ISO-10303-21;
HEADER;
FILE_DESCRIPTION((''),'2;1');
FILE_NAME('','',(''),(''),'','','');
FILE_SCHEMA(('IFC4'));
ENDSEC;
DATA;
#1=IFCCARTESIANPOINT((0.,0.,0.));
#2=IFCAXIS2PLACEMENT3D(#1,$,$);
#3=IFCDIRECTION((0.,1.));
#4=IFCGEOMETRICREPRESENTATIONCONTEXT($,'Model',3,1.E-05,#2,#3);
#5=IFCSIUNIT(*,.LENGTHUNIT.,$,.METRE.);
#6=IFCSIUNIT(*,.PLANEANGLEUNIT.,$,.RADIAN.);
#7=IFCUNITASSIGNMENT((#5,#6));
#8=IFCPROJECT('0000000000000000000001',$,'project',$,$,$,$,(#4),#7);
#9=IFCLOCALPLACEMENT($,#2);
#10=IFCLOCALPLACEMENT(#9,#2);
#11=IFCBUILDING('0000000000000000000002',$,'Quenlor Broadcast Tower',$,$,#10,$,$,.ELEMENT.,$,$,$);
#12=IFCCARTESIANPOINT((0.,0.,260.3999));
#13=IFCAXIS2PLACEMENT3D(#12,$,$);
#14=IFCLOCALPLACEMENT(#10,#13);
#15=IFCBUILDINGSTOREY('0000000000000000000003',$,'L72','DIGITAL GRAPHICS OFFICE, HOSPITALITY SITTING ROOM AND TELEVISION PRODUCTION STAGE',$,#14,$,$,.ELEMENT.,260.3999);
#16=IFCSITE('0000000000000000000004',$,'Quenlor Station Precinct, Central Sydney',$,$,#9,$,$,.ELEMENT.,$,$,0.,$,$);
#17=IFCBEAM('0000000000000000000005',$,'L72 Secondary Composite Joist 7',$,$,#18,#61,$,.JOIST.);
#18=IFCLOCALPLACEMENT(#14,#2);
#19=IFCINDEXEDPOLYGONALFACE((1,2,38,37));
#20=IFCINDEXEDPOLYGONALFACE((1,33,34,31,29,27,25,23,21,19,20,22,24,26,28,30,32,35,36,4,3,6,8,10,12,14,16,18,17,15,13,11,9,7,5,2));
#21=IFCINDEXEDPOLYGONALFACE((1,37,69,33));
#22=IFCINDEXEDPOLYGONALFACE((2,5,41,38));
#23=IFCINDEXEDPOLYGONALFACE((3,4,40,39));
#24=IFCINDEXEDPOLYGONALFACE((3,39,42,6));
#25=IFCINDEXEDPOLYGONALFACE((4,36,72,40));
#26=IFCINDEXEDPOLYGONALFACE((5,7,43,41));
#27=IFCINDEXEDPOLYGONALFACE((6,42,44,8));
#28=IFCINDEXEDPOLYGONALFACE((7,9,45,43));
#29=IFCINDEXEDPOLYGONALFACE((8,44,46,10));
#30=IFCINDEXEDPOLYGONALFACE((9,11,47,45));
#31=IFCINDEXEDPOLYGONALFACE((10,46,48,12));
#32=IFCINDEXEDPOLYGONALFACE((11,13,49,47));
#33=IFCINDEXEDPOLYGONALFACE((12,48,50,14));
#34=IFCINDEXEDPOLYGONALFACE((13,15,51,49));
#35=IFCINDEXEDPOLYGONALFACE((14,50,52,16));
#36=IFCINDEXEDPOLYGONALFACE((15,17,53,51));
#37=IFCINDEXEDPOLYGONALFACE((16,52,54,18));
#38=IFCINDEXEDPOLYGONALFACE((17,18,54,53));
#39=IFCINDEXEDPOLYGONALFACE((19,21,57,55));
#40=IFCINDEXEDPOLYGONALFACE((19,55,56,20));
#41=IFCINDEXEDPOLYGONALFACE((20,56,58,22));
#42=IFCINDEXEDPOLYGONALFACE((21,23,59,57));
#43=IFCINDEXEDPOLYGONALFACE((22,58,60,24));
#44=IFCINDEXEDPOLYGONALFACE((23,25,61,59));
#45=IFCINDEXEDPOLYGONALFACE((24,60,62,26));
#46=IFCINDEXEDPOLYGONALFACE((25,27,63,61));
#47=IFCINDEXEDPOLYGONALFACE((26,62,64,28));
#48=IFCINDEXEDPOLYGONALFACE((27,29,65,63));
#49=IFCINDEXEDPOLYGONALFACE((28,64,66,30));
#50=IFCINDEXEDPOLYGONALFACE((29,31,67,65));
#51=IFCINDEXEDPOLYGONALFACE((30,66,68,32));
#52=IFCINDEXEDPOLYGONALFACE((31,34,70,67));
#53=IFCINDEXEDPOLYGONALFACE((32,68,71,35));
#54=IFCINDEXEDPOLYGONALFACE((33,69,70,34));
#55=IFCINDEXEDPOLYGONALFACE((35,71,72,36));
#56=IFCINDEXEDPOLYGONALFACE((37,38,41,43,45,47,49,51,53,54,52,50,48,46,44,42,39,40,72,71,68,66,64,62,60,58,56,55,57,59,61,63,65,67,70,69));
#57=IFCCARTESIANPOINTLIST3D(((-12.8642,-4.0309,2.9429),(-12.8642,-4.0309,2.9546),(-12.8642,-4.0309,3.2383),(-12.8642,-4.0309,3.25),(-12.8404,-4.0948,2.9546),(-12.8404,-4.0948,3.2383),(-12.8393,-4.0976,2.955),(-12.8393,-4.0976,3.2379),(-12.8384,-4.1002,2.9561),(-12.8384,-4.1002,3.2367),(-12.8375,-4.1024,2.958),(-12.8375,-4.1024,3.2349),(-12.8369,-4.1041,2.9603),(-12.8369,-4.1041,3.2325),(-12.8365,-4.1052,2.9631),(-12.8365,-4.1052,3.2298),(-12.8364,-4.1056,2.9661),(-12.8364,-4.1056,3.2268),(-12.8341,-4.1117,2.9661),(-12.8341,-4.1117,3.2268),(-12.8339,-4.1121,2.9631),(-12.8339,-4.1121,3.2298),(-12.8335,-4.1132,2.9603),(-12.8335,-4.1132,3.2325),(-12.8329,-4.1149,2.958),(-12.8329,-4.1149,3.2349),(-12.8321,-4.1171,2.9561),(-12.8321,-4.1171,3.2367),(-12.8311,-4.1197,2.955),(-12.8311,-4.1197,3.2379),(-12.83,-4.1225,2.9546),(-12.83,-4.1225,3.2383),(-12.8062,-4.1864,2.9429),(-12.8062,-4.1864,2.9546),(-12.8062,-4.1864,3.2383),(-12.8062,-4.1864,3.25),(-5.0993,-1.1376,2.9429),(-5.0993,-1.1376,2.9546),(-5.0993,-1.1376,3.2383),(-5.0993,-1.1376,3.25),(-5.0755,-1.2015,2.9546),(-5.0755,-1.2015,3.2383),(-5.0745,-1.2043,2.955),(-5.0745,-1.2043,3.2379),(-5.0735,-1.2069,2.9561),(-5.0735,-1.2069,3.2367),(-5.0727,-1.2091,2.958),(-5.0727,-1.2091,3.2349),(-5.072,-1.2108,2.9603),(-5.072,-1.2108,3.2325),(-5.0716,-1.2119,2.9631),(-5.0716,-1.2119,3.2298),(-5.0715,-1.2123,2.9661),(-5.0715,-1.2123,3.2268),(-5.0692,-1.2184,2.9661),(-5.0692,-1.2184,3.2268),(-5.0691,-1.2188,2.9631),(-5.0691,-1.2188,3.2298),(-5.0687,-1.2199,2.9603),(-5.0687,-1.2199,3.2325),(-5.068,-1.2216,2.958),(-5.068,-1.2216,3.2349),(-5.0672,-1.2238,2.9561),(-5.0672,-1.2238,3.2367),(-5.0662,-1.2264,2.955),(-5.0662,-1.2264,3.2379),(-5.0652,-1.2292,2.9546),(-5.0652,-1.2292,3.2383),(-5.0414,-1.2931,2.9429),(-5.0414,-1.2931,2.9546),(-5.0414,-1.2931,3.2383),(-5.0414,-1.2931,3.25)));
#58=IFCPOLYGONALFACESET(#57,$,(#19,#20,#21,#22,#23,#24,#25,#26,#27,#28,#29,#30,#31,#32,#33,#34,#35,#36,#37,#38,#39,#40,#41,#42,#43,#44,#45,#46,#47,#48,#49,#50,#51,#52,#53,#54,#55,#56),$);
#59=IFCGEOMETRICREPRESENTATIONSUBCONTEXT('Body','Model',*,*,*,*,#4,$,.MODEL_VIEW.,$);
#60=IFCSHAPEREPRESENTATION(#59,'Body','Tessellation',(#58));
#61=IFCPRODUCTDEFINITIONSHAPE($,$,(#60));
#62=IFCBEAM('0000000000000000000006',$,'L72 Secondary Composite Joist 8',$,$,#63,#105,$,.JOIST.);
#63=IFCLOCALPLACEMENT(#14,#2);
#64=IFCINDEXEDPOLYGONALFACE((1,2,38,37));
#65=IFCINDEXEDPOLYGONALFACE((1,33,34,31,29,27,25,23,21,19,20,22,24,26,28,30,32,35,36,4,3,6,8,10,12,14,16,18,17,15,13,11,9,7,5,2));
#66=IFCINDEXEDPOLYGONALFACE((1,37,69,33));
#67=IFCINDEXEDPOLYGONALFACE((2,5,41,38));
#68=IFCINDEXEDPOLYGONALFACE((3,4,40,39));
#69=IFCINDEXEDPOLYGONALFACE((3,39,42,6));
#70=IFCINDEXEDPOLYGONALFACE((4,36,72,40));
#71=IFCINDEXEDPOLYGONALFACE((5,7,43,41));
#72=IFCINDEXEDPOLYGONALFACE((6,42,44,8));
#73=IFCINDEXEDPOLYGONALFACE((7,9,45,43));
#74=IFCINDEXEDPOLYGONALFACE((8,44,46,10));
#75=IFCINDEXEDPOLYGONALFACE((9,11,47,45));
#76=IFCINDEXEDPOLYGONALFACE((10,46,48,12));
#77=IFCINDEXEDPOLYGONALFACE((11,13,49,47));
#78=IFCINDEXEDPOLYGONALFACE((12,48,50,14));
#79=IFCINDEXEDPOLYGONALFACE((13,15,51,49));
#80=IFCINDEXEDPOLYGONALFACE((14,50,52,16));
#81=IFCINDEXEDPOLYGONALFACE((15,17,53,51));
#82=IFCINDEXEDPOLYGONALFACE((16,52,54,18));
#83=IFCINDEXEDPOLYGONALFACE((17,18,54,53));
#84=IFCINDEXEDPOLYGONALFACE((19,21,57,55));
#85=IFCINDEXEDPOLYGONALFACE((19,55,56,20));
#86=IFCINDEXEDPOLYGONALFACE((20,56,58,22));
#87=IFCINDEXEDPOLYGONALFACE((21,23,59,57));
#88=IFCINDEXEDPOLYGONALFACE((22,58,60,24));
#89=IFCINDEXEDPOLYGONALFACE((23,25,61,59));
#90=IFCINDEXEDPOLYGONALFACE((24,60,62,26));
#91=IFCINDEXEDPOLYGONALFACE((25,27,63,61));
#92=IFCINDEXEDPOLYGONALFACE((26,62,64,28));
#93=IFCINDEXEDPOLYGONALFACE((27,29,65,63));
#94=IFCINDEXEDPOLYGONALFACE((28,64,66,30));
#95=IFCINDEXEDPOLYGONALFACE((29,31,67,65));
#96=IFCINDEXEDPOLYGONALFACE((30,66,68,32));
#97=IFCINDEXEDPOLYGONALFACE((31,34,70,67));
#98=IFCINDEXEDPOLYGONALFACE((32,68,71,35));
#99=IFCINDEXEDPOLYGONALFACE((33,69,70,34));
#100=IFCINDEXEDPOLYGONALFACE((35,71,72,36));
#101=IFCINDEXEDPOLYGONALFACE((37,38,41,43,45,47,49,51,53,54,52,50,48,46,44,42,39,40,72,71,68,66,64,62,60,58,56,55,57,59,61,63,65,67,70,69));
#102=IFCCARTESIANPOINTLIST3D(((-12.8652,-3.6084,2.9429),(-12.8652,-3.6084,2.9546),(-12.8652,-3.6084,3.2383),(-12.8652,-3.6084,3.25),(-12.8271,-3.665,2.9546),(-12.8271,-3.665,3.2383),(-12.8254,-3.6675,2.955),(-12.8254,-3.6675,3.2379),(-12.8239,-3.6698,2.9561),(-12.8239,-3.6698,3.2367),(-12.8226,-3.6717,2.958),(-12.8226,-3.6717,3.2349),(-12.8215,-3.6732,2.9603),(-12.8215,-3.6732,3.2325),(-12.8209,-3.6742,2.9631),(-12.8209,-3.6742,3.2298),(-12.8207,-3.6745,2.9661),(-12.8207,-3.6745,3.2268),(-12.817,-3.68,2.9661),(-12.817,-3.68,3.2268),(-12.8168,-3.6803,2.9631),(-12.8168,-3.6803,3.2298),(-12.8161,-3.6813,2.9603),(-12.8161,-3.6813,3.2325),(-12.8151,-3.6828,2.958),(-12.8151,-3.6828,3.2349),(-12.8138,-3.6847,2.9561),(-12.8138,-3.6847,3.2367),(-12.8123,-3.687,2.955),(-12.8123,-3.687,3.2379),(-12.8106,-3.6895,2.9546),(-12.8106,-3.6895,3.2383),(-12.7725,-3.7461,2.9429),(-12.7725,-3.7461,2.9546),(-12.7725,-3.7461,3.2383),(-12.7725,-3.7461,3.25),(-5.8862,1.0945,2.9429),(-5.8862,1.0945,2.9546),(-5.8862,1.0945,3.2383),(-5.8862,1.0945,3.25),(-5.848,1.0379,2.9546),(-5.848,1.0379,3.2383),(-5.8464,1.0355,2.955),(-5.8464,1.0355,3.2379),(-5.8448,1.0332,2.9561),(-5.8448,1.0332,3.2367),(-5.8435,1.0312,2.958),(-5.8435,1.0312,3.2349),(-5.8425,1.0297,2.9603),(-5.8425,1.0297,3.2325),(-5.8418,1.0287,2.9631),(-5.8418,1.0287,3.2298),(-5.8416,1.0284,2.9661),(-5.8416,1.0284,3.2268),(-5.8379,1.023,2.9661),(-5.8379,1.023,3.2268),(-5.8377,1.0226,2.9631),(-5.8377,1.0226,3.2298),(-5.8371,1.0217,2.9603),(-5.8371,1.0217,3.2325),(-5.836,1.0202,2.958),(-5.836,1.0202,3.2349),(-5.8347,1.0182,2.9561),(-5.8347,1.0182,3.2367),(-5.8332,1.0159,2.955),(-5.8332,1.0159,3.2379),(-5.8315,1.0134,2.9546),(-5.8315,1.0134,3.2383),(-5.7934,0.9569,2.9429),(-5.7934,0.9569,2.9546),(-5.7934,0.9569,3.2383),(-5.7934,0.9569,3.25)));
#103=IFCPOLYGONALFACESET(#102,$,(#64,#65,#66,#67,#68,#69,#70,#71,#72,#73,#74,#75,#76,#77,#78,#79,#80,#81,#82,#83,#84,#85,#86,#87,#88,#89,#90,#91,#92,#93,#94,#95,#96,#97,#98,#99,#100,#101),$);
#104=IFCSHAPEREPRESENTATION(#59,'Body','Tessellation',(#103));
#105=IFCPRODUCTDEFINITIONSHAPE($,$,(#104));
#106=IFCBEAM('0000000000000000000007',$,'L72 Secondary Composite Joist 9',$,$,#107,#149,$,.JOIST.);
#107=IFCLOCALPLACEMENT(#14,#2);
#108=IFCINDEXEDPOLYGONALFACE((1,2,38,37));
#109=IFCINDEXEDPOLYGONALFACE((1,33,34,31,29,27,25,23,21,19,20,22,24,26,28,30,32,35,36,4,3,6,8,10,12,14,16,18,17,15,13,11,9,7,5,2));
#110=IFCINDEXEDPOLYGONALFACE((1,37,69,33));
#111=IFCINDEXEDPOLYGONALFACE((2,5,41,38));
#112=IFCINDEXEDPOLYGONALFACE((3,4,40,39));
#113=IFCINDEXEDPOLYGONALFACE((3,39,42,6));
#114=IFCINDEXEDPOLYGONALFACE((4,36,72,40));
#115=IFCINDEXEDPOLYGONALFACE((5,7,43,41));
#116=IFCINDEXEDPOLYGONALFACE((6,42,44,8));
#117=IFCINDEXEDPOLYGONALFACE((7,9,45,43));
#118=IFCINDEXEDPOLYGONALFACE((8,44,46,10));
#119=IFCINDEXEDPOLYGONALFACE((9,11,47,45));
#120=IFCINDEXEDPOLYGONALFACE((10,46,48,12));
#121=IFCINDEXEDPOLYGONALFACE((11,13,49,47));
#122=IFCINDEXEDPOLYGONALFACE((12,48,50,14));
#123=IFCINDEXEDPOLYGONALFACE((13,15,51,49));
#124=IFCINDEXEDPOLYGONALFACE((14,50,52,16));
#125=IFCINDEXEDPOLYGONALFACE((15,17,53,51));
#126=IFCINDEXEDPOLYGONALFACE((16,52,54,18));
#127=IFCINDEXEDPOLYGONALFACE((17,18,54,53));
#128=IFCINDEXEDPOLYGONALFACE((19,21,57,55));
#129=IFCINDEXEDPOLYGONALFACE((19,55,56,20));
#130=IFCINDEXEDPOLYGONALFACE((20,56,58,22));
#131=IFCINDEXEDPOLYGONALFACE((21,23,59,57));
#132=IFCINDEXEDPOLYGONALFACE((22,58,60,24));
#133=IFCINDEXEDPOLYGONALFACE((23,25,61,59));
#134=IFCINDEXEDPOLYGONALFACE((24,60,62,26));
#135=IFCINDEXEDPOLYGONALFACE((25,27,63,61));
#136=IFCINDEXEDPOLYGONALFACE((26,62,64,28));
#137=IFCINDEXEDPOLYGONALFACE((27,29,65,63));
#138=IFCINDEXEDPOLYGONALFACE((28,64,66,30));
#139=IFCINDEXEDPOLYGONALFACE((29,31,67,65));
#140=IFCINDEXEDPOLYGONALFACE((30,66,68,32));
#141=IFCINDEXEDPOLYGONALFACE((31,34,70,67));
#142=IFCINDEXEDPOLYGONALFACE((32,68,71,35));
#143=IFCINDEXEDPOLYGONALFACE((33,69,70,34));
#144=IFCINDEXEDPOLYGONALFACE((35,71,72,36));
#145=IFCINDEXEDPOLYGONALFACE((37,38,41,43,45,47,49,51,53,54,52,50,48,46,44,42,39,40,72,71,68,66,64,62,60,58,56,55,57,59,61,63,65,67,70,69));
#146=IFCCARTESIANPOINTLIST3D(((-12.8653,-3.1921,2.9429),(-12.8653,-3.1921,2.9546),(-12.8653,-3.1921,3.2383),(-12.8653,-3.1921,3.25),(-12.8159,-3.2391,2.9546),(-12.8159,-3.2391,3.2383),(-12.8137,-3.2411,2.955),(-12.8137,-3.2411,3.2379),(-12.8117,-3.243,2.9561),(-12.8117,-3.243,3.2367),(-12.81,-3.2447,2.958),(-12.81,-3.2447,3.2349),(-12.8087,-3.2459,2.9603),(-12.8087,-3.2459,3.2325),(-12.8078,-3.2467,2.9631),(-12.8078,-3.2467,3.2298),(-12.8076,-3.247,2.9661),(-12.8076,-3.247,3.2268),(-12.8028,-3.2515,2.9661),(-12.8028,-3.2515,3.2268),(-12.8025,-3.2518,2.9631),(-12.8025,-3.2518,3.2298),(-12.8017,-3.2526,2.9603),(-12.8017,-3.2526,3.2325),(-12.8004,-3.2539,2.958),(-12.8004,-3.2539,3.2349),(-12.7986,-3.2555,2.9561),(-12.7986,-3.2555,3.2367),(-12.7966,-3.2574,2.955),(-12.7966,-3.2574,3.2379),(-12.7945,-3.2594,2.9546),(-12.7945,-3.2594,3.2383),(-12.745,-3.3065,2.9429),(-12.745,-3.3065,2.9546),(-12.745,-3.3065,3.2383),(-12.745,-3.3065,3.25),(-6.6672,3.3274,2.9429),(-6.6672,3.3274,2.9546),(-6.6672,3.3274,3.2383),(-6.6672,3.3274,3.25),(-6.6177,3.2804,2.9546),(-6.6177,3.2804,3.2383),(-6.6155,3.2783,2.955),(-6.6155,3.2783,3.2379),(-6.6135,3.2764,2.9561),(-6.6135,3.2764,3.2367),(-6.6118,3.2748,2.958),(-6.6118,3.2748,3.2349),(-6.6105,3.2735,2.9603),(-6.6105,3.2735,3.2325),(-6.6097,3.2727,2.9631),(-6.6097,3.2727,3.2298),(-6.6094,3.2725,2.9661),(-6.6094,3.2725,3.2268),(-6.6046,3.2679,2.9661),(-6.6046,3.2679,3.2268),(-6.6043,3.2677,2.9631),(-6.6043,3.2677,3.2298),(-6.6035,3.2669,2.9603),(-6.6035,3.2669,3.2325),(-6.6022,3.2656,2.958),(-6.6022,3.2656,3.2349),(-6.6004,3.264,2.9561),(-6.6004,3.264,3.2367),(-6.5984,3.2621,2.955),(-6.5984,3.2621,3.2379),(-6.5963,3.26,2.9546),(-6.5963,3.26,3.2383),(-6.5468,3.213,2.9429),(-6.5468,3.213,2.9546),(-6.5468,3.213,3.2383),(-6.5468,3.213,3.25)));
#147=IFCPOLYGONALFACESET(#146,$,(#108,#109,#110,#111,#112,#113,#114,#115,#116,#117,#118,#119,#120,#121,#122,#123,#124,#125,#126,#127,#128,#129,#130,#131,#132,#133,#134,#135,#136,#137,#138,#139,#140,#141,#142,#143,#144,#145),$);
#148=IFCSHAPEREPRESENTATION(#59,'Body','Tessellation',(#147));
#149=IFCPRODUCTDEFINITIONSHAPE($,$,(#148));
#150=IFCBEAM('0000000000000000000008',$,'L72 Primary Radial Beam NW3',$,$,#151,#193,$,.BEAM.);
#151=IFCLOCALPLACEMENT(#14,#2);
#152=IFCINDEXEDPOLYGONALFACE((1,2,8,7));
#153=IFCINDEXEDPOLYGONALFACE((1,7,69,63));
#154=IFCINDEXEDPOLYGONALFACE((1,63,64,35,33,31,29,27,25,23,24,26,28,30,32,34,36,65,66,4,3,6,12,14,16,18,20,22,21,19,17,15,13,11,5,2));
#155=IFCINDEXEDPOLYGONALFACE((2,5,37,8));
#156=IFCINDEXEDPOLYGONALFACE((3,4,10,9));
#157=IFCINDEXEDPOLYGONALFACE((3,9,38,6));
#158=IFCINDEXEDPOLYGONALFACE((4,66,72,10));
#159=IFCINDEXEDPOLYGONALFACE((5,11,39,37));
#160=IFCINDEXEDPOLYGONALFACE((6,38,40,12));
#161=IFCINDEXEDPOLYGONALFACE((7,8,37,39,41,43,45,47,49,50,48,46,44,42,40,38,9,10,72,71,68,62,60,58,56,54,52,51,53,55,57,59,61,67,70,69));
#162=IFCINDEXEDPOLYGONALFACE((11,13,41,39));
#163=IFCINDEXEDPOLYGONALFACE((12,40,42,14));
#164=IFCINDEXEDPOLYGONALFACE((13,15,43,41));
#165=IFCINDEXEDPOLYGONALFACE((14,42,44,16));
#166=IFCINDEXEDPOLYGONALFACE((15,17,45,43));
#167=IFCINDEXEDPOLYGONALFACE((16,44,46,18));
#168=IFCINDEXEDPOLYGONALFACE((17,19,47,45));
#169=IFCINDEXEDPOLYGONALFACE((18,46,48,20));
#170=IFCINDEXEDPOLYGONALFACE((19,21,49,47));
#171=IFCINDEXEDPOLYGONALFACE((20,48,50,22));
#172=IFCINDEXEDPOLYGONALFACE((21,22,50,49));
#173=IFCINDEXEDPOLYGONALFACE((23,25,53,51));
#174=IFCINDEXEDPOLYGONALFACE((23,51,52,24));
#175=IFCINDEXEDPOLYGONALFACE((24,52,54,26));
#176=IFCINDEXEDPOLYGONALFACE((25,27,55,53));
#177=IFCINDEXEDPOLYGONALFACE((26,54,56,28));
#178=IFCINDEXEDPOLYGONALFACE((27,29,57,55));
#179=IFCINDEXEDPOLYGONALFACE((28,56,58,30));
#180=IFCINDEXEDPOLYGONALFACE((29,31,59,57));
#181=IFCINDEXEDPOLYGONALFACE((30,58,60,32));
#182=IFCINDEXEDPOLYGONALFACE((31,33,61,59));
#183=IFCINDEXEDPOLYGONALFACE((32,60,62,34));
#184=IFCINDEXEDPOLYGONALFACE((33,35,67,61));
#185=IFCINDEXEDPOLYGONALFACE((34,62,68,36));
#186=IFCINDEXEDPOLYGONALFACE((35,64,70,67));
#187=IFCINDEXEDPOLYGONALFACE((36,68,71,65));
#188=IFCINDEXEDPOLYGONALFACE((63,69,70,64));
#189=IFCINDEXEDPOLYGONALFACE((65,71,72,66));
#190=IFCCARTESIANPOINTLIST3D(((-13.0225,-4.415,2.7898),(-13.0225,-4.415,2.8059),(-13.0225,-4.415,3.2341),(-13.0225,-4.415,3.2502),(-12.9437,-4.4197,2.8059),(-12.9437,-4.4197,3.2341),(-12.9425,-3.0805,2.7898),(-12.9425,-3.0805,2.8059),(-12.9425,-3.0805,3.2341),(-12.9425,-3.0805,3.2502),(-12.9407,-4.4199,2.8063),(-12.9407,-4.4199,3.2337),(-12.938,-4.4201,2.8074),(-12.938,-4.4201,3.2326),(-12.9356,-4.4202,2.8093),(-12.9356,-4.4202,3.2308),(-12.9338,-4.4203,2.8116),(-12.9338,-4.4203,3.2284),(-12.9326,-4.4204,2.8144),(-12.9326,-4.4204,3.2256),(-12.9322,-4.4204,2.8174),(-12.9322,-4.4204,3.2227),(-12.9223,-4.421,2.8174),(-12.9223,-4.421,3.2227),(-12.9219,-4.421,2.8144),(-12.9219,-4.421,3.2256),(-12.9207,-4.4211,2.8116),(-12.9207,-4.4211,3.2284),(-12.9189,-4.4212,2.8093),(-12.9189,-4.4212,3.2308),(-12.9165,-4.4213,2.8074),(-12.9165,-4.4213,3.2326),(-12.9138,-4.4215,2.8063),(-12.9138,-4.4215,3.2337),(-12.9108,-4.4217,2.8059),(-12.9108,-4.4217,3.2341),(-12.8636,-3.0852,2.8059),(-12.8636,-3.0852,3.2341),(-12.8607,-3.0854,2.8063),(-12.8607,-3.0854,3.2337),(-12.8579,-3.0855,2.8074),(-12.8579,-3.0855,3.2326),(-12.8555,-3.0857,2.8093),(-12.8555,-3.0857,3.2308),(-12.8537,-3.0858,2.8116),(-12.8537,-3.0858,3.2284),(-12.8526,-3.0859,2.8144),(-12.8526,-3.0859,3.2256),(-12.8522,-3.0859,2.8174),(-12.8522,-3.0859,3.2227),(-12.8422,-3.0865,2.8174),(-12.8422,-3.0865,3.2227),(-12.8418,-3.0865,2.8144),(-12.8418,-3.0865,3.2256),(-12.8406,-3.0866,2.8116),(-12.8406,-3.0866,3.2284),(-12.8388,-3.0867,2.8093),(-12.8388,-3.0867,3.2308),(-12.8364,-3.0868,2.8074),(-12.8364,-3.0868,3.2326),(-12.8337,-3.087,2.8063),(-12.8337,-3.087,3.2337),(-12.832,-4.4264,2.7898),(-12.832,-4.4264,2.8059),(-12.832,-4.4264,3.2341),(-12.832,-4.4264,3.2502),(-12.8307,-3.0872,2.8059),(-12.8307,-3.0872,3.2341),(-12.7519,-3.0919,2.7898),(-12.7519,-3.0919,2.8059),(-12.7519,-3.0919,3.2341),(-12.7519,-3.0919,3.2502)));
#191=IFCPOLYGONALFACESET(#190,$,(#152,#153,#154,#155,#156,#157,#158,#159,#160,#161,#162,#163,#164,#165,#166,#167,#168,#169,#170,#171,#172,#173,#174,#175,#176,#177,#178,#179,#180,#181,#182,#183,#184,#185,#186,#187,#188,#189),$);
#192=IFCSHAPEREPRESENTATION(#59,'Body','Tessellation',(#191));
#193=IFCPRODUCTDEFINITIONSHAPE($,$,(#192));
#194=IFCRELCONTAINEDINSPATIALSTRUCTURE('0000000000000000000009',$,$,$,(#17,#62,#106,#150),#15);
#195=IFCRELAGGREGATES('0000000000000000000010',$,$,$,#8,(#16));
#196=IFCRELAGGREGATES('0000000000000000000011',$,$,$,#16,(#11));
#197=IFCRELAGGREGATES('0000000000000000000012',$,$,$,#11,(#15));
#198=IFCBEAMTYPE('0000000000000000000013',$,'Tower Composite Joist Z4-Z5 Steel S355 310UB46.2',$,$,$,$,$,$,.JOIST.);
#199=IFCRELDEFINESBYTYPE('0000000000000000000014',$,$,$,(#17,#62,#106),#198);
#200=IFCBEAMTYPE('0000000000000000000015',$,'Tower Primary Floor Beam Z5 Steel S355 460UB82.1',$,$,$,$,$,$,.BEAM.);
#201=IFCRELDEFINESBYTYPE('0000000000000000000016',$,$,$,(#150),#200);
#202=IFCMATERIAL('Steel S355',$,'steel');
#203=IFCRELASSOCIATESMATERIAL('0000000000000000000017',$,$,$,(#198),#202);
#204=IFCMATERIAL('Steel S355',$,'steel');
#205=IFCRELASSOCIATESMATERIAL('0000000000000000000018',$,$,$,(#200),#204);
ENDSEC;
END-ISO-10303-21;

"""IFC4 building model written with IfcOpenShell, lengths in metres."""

from ifc_helpers import new_model, si_unit, direction, frame, origin, origin_2d, place, context, subcontext, project, spatial, i_section, extrude, material, material_profile, profile_set, type_object, element, save


model = new_model("IFC4")

# Units and contexts
model_context = context("Model", 3, precision=1e-05, world=origin(), true_north=direction((0.0, 1.0)))
body_context = subcontext(model_context, "Body", "Model", "MODEL_VIEW")
ifc_project = project(units=[si_unit("LENGTHUNIT", "METRE"), si_unit("PLANEANGLEUNIT", "RADIAN")], contexts=[model_context])

# Site, building, storey
site_placement = place(None, origin())
site = spatial("IfcSite", under=ifc_project, at=site_placement, Name="Quenlor Station Precinct, Central Sydney", CompositionType="ELEMENT", RefElevation=0.0)
building_placement = place(site_placement, origin())
building = spatial("IfcBuilding", under=site, at=building_placement, Name="Quenlor Broadcast Tower", CompositionType="ELEMENT")
storey_placement = place(building_placement, frame((0.0, 0.0, 260.3999)))
storey = spatial("IfcBuildingStorey", under=building, at=storey_placement, Name="L72", Description="DIGITAL GRAPHICS OFFICE, HOSPITALITY SITTING ROOM AND TELEVISION PRODUCTION STAGE", CompositionType="ELEMENT", Elevation=260.3999)

# Beams
ifc_material_1 = material(Name="Steel S355", Category="steel")
ifc_material_profile_1 = material_profile(ifc_material_1, i_section(OverallWidth=0.166, OverallDepth=0.3071, WebThickness=0.0066, FlangeThickness=0.0117, FilletRadius=0.0115, at=origin_2d()))
ifc_profile_set_1 = profile_set([ifc_material_profile_1], Name="Steel S355 310UB46.2")
beam_type_1 = type_object("IfcBeamType", Name="Tower Composite Joist Z4-Z5 Steel S355 310UB46.2", PredefinedType="JOIST", material=ifc_profile_set_1)
beam_1_placement = place(storey_placement, frame((-12.8352, -4.1086, 3.0964), z_axis=(0.937062, 0.349163, 0.0), x_axis=(-0.349163, 0.937062, 0.0)))
element("IfcBeam", 1, at=beam_1_placement, inside=storey, type_object=beam_type_1, Name="L72 Secondary Composite Joist 7", PredefinedType="JOIST", context=body_context, shape_type="SweptSolid", body=[
    extrude(i_section(OverallWidth=0.166, OverallDepth=0.3071, WebThickness=0.0066, FlangeThickness=0.0117, FilletRadius=0.0115, at=origin_2d()), origin(), (0.0, 0.0, 1.0), 8.2864),
])
beam_2_placement = place(storey_placement, frame((-12.8188, -3.6772, 3.0964), z_axis=(0.829286, 0.558824, 0.0), x_axis=(-0.558824, 0.829286, 0.0)))
element("IfcBeam", 2, at=beam_2_placement, inside=storey, type_object=beam_type_1, Name="L72 Secondary Composite Joist 8", PredefinedType="JOIST", context=body_context, shape_type="SweptSolid", body=[
    extrude(i_section(OverallWidth=0.166, OverallDepth=0.3071, WebThickness=0.0066, FlangeThickness=0.0117, FilletRadius=0.0115, at=origin_2d()), origin(), (0.0, 0.0, 1.0), 8.4158),
])
beam_3_placement = place(storey_placement, frame((-12.8052, -3.2493, 3.0964), z_axis=(0.689023, 0.724739, 0.0), x_axis=(-0.724739, 0.689023, 0.0)))
element("IfcBeam", 3, at=beam_3_placement, inside=storey, type_object=beam_type_1, Name="L72 Secondary Composite Joist 9", PredefinedType="JOIST", context=body_context, shape_type="SweptSolid", body=[
    extrude(i_section(OverallWidth=0.166, OverallDepth=0.3071, WebThickness=0.0066, FlangeThickness=0.0117, FilletRadius=0.0115, at=origin_2d()), origin(), (0.0, 0.0, 1.0), 8.9956),
])
ifc_material_2 = material(Name="Steel S355", Category="steel")
ifc_material_profile_2 = material_profile(ifc_material_2, i_section(OverallWidth=0.1909, OverallDepth=0.4604, WebThickness=0.01, FlangeThickness=0.0161, FilletRadius=0.0115, at=origin_2d()))
ifc_profile_set_2 = profile_set([ifc_material_profile_2], Name="Steel S355 460UB82.1")
beam_type_2 = type_object("IfcBeamType", Name="Tower Primary Floor Beam Z5 Steel S355 460UB82.1", PredefinedType="BEAM", material=ifc_profile_set_2)
beam_4_placement = place(storey_placement, frame((-12.8472, -3.0862, 3.02), z_axis=(-0.0599, -0.998204, 0.0), x_axis=(0.998204, -0.0599, 0.0)))
element("IfcBeam", 4, at=beam_4_placement, inside=storey, type_object=beam_type_2, Name="L72 Primary Radial Beam NW3", PredefinedType="BEAM", context=body_context, shape_type="SweptSolid", body=[
    extrude(i_section(OverallWidth=0.1909, OverallDepth=0.4604, WebThickness=0.01, FlangeThickness=0.0161, FilletRadius=0.0115, at=origin_2d()), origin(), (0.0, 0.0, 1.0), 1.3369),
])

save(model, "model.ifc")
